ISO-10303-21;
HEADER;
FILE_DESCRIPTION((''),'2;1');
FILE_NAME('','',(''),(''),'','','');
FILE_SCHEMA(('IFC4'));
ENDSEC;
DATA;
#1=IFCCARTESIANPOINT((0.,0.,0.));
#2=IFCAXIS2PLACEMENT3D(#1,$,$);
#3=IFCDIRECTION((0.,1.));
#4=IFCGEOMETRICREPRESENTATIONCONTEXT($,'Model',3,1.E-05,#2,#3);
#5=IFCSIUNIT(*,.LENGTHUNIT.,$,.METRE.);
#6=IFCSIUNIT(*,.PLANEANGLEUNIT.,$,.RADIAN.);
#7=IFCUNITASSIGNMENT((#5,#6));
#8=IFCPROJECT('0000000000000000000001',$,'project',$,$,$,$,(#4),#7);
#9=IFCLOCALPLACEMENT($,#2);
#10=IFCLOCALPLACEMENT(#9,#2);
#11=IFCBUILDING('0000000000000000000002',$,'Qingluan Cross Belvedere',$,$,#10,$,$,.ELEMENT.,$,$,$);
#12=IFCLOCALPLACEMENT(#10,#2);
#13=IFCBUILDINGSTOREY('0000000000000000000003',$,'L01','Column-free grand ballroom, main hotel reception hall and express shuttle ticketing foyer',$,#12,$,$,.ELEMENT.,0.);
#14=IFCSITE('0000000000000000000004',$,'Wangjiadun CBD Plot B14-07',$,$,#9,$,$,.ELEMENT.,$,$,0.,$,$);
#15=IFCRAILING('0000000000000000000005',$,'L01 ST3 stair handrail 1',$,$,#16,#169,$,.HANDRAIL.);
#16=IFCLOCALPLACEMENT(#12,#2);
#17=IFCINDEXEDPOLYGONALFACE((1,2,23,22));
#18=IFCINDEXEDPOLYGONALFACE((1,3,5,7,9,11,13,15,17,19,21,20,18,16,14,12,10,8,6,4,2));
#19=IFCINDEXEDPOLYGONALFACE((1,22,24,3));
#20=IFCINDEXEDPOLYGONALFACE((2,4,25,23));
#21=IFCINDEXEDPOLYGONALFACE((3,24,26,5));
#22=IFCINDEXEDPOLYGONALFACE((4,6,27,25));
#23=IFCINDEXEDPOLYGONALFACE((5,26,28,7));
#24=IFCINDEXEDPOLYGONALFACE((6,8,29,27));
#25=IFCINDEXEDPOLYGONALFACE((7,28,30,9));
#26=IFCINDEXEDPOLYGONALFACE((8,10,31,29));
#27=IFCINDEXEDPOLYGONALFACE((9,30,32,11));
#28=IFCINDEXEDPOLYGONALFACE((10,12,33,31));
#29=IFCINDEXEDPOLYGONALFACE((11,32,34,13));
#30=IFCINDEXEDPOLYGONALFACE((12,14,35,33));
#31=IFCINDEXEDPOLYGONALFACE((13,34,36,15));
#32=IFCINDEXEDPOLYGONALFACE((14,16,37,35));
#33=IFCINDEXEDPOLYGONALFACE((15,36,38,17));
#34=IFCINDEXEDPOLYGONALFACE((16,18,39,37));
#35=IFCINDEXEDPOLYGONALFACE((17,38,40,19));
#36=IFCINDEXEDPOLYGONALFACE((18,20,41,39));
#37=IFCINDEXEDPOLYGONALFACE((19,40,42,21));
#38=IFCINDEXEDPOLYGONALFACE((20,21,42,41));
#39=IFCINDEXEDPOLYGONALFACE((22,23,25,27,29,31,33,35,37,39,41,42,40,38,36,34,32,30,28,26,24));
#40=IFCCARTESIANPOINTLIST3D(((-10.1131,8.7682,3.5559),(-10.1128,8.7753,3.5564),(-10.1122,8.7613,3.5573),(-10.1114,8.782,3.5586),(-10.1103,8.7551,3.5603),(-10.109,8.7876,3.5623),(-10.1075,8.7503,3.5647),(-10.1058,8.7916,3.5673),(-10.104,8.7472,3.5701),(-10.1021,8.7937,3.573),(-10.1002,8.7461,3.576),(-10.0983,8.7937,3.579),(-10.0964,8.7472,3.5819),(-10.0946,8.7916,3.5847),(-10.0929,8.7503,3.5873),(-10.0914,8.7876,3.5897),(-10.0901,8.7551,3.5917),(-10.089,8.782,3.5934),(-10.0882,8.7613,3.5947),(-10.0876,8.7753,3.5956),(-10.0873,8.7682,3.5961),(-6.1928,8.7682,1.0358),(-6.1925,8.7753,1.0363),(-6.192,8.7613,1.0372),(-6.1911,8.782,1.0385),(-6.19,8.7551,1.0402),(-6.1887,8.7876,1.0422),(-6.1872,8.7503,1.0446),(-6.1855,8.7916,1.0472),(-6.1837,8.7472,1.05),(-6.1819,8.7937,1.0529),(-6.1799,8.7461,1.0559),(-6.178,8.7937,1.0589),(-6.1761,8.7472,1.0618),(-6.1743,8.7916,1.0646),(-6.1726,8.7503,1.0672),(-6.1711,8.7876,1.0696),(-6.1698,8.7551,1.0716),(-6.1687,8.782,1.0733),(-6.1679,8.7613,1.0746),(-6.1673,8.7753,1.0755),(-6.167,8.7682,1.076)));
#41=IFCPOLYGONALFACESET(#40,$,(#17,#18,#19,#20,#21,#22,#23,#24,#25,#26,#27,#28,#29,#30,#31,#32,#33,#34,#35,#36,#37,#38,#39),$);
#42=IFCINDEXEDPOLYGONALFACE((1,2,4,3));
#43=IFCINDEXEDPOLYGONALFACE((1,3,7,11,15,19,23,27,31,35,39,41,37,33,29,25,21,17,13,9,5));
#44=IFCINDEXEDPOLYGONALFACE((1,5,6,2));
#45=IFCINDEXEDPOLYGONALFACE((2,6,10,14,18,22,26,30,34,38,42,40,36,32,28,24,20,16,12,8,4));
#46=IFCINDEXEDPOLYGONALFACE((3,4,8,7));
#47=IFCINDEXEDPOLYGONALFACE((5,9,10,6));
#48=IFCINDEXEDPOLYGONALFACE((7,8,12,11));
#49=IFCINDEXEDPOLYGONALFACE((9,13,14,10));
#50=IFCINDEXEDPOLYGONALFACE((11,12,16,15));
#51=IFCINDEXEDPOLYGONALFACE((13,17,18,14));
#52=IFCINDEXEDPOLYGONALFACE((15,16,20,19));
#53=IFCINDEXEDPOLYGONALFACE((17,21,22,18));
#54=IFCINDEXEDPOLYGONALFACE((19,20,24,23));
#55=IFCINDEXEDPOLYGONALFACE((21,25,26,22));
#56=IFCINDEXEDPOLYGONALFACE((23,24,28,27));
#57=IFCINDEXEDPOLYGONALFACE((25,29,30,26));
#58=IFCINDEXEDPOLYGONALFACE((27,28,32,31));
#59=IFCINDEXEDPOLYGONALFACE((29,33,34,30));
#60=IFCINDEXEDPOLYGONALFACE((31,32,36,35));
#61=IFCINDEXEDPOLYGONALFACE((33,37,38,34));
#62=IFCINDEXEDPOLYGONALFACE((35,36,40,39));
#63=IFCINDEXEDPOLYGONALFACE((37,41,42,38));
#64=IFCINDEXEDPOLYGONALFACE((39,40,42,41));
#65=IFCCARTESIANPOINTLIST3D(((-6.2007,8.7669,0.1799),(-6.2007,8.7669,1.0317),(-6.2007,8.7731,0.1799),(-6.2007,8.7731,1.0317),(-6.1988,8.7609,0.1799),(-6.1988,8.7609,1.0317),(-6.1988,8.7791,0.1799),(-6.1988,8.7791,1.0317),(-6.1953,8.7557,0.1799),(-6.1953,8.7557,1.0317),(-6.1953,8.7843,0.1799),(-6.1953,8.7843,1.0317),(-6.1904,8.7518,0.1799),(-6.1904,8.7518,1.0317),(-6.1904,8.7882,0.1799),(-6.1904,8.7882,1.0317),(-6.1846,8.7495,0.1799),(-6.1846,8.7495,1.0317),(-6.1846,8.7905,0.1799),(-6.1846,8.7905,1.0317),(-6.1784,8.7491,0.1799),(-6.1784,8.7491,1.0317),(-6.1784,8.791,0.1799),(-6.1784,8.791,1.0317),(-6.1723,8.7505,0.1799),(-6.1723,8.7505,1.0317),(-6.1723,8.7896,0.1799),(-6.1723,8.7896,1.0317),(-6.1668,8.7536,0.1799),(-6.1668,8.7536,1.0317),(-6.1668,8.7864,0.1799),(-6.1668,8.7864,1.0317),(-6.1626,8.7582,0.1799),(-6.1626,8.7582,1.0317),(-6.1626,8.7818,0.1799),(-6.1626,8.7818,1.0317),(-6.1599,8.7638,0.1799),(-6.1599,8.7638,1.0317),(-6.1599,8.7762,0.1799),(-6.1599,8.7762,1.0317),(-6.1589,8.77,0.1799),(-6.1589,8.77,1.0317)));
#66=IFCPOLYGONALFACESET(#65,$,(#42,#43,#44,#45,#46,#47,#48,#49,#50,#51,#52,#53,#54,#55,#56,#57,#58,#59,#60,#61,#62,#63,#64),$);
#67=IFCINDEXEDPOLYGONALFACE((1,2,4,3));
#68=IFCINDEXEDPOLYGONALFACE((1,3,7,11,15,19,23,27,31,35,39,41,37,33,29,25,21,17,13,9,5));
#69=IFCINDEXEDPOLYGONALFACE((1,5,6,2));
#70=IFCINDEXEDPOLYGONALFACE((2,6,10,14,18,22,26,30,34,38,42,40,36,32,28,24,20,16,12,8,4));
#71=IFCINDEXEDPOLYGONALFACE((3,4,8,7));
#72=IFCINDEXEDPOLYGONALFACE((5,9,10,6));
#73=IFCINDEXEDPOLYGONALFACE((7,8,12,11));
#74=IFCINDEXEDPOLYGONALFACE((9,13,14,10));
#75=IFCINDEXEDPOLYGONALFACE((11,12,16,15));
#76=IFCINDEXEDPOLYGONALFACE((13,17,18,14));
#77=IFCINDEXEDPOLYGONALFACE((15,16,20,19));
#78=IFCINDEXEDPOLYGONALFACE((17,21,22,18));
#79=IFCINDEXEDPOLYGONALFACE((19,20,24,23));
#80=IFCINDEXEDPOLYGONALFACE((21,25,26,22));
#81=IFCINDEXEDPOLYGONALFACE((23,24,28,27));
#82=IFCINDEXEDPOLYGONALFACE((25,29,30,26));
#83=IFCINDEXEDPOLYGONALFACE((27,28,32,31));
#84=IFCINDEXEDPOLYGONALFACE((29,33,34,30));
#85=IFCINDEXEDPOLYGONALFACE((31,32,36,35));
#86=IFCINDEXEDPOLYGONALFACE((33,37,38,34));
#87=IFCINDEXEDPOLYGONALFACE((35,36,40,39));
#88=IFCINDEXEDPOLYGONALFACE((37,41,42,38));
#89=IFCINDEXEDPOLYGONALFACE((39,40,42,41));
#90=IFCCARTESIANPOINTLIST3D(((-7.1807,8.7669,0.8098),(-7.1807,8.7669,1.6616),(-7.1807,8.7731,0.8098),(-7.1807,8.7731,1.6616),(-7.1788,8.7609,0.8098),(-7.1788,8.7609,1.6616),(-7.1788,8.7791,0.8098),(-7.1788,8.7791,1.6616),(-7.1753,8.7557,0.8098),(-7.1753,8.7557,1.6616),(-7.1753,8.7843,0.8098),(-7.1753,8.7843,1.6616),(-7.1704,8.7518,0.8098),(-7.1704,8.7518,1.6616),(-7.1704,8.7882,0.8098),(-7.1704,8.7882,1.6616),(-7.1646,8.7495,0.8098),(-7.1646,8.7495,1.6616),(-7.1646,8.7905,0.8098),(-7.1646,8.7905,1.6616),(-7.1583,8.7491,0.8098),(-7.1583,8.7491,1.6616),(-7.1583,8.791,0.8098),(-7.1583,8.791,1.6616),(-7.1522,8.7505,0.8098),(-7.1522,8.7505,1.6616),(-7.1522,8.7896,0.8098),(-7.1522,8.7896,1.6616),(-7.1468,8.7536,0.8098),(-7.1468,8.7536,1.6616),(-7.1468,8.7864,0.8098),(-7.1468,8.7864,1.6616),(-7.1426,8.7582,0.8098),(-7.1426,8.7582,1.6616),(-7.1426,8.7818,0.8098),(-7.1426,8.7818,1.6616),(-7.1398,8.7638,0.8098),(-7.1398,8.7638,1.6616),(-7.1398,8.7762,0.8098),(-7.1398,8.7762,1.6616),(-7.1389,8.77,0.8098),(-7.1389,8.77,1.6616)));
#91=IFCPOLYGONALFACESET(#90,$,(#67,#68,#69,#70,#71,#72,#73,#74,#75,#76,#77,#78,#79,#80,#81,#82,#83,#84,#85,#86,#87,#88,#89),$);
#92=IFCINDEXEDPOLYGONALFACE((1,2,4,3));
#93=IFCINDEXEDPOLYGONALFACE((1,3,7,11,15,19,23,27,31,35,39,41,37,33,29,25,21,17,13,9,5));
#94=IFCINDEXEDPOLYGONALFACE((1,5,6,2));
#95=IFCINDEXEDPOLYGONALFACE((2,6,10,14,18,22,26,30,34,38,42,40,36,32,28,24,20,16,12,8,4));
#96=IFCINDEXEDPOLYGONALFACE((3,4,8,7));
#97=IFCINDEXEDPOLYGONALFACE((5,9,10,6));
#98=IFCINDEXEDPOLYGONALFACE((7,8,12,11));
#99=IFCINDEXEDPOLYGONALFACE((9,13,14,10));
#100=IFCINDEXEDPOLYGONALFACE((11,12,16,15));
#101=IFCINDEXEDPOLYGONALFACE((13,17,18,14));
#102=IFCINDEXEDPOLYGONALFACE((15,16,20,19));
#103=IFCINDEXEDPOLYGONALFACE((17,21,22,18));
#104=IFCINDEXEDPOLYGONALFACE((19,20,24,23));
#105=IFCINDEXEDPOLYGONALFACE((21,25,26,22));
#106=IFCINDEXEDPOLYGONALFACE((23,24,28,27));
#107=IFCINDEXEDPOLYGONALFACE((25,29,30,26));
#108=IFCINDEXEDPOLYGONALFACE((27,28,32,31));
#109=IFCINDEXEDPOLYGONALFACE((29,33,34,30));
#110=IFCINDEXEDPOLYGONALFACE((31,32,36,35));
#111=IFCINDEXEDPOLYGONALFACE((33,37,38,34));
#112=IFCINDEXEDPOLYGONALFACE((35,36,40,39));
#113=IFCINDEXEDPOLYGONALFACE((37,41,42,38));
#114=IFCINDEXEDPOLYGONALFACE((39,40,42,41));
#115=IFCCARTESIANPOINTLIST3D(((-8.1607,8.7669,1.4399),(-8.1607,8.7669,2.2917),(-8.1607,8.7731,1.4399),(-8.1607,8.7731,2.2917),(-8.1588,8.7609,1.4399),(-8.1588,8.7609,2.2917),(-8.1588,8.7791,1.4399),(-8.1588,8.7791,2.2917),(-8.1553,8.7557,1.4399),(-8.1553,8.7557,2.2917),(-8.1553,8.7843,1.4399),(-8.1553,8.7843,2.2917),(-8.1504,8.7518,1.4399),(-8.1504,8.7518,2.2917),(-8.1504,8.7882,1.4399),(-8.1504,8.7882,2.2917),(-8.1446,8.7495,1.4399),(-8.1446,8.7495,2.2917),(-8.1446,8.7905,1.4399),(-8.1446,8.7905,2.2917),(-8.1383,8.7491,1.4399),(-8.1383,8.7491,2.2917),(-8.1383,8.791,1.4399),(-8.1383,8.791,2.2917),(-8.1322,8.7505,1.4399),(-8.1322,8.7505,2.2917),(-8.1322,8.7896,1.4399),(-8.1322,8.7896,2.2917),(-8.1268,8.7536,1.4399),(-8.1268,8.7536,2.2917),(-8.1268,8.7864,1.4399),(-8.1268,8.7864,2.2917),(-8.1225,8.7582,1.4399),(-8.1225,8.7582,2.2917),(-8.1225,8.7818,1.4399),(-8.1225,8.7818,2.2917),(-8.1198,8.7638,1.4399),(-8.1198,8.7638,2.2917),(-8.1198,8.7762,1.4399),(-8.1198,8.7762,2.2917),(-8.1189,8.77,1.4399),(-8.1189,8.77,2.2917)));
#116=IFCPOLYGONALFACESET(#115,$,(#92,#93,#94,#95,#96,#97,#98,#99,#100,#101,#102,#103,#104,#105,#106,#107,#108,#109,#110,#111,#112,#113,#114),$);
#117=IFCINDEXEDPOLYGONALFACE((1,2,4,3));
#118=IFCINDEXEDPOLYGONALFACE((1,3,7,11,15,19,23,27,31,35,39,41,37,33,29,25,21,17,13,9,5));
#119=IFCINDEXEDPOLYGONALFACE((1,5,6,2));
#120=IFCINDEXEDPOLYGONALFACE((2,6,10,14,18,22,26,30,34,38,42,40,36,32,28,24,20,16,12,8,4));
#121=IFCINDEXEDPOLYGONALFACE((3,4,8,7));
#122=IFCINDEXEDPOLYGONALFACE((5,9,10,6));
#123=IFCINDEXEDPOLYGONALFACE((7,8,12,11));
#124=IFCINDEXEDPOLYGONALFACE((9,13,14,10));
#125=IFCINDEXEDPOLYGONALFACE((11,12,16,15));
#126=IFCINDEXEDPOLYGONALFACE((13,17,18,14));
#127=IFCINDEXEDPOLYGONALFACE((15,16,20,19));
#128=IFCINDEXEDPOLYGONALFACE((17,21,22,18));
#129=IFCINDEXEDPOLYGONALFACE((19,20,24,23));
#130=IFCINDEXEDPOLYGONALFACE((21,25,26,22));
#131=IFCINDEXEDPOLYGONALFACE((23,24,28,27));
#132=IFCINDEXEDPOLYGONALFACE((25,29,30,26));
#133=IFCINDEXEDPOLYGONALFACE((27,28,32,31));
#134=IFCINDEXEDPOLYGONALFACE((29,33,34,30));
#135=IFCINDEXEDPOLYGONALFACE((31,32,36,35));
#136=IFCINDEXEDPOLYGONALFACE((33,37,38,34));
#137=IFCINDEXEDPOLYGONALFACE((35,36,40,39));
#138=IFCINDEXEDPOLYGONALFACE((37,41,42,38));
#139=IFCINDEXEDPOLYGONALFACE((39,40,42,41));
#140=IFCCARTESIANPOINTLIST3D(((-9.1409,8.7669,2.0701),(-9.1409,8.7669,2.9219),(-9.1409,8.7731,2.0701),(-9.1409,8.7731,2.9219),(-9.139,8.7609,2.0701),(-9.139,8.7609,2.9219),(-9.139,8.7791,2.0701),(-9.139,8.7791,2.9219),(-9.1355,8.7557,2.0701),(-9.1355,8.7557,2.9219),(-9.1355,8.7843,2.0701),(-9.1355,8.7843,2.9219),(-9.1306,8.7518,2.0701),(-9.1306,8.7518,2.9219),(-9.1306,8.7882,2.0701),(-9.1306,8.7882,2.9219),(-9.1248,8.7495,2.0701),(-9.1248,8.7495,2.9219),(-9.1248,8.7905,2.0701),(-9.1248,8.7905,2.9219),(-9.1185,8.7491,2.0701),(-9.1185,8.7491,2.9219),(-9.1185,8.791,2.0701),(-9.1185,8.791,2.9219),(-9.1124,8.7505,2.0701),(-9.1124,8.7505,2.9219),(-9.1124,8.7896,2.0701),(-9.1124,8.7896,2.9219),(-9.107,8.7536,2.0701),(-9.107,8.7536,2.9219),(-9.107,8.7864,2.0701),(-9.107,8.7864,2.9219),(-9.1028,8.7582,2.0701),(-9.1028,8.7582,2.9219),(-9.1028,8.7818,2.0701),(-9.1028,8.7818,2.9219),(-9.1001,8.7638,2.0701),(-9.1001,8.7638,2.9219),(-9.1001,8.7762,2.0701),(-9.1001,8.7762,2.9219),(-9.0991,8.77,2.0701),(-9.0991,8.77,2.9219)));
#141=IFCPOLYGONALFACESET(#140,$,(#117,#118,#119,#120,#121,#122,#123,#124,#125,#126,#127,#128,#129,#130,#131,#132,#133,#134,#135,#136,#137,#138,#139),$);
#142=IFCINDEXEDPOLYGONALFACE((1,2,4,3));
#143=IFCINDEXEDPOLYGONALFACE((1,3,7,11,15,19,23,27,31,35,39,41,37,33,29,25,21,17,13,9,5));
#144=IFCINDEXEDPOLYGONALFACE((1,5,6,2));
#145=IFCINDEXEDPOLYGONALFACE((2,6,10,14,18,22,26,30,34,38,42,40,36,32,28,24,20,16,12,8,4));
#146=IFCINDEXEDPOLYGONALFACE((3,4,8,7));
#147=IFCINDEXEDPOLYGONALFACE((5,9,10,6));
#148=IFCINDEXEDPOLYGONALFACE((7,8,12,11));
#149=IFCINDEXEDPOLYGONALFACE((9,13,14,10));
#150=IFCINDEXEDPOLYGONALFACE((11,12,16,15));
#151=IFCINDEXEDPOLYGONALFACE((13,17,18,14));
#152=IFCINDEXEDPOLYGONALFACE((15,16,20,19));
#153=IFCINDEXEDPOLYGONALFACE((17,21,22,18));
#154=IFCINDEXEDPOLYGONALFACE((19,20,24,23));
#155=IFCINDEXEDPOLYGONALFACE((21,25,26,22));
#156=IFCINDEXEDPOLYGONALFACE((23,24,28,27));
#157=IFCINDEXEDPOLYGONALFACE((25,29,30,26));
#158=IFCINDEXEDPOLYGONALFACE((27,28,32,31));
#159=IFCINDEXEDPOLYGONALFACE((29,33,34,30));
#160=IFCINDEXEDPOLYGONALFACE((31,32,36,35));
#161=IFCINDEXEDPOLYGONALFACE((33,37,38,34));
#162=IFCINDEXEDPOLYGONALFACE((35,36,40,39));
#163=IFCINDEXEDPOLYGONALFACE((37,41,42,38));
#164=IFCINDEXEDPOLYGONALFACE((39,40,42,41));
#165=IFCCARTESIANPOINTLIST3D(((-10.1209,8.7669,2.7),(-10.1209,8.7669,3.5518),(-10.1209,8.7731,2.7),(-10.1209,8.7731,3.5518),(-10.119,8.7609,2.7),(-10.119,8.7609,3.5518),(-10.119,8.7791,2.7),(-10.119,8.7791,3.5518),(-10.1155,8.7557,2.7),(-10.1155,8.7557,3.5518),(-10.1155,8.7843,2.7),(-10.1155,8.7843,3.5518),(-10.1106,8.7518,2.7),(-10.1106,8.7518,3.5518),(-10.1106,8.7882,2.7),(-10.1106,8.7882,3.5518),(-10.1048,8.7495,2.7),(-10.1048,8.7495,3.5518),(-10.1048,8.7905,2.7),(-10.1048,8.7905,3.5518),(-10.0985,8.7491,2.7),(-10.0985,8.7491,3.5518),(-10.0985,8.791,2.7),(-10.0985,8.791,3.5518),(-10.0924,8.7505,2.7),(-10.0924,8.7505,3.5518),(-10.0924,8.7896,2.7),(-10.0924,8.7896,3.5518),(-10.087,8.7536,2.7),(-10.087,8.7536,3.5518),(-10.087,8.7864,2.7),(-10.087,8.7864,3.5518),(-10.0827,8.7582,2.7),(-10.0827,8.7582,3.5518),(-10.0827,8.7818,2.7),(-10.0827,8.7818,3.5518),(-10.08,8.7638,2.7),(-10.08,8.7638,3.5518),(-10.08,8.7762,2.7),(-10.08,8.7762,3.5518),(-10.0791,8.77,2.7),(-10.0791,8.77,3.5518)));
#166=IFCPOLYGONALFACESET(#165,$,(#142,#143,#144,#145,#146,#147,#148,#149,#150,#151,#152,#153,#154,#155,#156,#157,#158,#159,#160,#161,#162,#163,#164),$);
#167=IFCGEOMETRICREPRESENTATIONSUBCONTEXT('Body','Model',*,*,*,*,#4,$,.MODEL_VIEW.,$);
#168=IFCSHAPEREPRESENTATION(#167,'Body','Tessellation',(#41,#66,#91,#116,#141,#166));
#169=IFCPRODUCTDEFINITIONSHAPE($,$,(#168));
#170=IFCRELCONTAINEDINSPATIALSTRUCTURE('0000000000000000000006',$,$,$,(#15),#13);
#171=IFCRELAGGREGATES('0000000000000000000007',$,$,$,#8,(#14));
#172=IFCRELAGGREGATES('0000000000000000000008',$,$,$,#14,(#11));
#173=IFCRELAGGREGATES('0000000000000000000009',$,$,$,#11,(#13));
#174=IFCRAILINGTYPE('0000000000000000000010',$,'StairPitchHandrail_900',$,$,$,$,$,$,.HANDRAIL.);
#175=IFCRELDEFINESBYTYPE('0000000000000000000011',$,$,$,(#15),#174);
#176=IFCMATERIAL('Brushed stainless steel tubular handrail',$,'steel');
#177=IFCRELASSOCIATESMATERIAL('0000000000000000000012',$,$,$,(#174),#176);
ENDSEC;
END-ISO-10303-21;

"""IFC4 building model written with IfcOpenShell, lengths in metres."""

from ifc_helpers import new_model, si_unit, direction, frame, origin, origin_2d, place, context, subcontext, project, spatial, circle, extrude, material, type_object, element, save


model = new_model("IFC4")

# Units and contexts
model_context = context("Model", 3, precision=1e-05, world=origin(), true_north=direction((0.0, 1.0)))
body_context = subcontext(model_context, "Body", "Model", "MODEL_VIEW")
ifc_project = project(units=[si_unit("LENGTHUNIT", "METRE"), si_unit("PLANEANGLEUNIT", "RADIAN")], contexts=[model_context])

# Site, building, storey
site_placement = place(None, origin())
site = spatial("IfcSite", under=ifc_project, at=site_placement, Name="Wangjiadun CBD Plot B14-07", CompositionType="ELEMENT", RefElevation=0.0)
building_placement = place(site_placement, origin())
building = spatial("IfcBuilding", under=site, at=building_placement, Name="Qingluan Cross Belvedere", CompositionType="ELEMENT")
storey_placement = place(building_placement, origin())
storey = spatial("IfcBuildingStorey", under=building, at=storey_placement, Name="L01", Description="Column-free grand ballroom, main hotel reception hall and express shuttle ticketing foyer", CompositionType="ELEMENT", Elevation=0.0)

# Railing
ifc_material_1 = material(Name="Brushed stainless steel tubular handrail", Category="steel")
railing_type_1 = type_object("IfcRailingType", Name="StairPitchHandrail_900", PredefinedType="HANDRAIL", material=ifc_material_1)
railing_1_placement = place(storey_placement, frame((-6.1799, 8.77, 0.1799)))
element("IfcRailing", 1, at=railing_1_placement, inside=storey, type_object=railing_type_1, Name="L01 ST3 stair handrail 1", PredefinedType="HANDRAIL", context=body_context, shape_type="SweptSolid", body=[
    extrude(circle(Radius=0.0239, at=origin_2d()), frame((0.0, 0.0, 0.876), z_axis=(-0.841187, 0.0, 0.540744), x_axis=(0.0, -1.0, 0.0)), (0.0, 0.0, 1.0), 4.6604),
    extrude(circle(Radius=0.021, at=origin_2d()), origin(), (0.0, 0.0, 1.0), 0.8518),
    extrude(circle(Radius=0.021, at=origin_2d()), frame((-0.98, 0.0, 0.6299)), (0.0, 0.0, 1.0), 0.8518),
    extrude(circle(Radius=0.021, at=origin_2d()), frame((-1.96, 0.0, 1.26)), (0.0, 0.0, 1.0), 0.8518),
    extrude(circle(Radius=0.021, at=origin_2d()), frame((-2.9402, 0.0, 1.8901)), (0.0, 0.0, 1.0), 0.8518),
    extrude(circle(Radius=0.021, at=origin_2d()), frame((-3.9202, 0.0, 2.52)), (0.0, 0.0, 1.0), 0.8518),
])

save(model, "model.ifc")
